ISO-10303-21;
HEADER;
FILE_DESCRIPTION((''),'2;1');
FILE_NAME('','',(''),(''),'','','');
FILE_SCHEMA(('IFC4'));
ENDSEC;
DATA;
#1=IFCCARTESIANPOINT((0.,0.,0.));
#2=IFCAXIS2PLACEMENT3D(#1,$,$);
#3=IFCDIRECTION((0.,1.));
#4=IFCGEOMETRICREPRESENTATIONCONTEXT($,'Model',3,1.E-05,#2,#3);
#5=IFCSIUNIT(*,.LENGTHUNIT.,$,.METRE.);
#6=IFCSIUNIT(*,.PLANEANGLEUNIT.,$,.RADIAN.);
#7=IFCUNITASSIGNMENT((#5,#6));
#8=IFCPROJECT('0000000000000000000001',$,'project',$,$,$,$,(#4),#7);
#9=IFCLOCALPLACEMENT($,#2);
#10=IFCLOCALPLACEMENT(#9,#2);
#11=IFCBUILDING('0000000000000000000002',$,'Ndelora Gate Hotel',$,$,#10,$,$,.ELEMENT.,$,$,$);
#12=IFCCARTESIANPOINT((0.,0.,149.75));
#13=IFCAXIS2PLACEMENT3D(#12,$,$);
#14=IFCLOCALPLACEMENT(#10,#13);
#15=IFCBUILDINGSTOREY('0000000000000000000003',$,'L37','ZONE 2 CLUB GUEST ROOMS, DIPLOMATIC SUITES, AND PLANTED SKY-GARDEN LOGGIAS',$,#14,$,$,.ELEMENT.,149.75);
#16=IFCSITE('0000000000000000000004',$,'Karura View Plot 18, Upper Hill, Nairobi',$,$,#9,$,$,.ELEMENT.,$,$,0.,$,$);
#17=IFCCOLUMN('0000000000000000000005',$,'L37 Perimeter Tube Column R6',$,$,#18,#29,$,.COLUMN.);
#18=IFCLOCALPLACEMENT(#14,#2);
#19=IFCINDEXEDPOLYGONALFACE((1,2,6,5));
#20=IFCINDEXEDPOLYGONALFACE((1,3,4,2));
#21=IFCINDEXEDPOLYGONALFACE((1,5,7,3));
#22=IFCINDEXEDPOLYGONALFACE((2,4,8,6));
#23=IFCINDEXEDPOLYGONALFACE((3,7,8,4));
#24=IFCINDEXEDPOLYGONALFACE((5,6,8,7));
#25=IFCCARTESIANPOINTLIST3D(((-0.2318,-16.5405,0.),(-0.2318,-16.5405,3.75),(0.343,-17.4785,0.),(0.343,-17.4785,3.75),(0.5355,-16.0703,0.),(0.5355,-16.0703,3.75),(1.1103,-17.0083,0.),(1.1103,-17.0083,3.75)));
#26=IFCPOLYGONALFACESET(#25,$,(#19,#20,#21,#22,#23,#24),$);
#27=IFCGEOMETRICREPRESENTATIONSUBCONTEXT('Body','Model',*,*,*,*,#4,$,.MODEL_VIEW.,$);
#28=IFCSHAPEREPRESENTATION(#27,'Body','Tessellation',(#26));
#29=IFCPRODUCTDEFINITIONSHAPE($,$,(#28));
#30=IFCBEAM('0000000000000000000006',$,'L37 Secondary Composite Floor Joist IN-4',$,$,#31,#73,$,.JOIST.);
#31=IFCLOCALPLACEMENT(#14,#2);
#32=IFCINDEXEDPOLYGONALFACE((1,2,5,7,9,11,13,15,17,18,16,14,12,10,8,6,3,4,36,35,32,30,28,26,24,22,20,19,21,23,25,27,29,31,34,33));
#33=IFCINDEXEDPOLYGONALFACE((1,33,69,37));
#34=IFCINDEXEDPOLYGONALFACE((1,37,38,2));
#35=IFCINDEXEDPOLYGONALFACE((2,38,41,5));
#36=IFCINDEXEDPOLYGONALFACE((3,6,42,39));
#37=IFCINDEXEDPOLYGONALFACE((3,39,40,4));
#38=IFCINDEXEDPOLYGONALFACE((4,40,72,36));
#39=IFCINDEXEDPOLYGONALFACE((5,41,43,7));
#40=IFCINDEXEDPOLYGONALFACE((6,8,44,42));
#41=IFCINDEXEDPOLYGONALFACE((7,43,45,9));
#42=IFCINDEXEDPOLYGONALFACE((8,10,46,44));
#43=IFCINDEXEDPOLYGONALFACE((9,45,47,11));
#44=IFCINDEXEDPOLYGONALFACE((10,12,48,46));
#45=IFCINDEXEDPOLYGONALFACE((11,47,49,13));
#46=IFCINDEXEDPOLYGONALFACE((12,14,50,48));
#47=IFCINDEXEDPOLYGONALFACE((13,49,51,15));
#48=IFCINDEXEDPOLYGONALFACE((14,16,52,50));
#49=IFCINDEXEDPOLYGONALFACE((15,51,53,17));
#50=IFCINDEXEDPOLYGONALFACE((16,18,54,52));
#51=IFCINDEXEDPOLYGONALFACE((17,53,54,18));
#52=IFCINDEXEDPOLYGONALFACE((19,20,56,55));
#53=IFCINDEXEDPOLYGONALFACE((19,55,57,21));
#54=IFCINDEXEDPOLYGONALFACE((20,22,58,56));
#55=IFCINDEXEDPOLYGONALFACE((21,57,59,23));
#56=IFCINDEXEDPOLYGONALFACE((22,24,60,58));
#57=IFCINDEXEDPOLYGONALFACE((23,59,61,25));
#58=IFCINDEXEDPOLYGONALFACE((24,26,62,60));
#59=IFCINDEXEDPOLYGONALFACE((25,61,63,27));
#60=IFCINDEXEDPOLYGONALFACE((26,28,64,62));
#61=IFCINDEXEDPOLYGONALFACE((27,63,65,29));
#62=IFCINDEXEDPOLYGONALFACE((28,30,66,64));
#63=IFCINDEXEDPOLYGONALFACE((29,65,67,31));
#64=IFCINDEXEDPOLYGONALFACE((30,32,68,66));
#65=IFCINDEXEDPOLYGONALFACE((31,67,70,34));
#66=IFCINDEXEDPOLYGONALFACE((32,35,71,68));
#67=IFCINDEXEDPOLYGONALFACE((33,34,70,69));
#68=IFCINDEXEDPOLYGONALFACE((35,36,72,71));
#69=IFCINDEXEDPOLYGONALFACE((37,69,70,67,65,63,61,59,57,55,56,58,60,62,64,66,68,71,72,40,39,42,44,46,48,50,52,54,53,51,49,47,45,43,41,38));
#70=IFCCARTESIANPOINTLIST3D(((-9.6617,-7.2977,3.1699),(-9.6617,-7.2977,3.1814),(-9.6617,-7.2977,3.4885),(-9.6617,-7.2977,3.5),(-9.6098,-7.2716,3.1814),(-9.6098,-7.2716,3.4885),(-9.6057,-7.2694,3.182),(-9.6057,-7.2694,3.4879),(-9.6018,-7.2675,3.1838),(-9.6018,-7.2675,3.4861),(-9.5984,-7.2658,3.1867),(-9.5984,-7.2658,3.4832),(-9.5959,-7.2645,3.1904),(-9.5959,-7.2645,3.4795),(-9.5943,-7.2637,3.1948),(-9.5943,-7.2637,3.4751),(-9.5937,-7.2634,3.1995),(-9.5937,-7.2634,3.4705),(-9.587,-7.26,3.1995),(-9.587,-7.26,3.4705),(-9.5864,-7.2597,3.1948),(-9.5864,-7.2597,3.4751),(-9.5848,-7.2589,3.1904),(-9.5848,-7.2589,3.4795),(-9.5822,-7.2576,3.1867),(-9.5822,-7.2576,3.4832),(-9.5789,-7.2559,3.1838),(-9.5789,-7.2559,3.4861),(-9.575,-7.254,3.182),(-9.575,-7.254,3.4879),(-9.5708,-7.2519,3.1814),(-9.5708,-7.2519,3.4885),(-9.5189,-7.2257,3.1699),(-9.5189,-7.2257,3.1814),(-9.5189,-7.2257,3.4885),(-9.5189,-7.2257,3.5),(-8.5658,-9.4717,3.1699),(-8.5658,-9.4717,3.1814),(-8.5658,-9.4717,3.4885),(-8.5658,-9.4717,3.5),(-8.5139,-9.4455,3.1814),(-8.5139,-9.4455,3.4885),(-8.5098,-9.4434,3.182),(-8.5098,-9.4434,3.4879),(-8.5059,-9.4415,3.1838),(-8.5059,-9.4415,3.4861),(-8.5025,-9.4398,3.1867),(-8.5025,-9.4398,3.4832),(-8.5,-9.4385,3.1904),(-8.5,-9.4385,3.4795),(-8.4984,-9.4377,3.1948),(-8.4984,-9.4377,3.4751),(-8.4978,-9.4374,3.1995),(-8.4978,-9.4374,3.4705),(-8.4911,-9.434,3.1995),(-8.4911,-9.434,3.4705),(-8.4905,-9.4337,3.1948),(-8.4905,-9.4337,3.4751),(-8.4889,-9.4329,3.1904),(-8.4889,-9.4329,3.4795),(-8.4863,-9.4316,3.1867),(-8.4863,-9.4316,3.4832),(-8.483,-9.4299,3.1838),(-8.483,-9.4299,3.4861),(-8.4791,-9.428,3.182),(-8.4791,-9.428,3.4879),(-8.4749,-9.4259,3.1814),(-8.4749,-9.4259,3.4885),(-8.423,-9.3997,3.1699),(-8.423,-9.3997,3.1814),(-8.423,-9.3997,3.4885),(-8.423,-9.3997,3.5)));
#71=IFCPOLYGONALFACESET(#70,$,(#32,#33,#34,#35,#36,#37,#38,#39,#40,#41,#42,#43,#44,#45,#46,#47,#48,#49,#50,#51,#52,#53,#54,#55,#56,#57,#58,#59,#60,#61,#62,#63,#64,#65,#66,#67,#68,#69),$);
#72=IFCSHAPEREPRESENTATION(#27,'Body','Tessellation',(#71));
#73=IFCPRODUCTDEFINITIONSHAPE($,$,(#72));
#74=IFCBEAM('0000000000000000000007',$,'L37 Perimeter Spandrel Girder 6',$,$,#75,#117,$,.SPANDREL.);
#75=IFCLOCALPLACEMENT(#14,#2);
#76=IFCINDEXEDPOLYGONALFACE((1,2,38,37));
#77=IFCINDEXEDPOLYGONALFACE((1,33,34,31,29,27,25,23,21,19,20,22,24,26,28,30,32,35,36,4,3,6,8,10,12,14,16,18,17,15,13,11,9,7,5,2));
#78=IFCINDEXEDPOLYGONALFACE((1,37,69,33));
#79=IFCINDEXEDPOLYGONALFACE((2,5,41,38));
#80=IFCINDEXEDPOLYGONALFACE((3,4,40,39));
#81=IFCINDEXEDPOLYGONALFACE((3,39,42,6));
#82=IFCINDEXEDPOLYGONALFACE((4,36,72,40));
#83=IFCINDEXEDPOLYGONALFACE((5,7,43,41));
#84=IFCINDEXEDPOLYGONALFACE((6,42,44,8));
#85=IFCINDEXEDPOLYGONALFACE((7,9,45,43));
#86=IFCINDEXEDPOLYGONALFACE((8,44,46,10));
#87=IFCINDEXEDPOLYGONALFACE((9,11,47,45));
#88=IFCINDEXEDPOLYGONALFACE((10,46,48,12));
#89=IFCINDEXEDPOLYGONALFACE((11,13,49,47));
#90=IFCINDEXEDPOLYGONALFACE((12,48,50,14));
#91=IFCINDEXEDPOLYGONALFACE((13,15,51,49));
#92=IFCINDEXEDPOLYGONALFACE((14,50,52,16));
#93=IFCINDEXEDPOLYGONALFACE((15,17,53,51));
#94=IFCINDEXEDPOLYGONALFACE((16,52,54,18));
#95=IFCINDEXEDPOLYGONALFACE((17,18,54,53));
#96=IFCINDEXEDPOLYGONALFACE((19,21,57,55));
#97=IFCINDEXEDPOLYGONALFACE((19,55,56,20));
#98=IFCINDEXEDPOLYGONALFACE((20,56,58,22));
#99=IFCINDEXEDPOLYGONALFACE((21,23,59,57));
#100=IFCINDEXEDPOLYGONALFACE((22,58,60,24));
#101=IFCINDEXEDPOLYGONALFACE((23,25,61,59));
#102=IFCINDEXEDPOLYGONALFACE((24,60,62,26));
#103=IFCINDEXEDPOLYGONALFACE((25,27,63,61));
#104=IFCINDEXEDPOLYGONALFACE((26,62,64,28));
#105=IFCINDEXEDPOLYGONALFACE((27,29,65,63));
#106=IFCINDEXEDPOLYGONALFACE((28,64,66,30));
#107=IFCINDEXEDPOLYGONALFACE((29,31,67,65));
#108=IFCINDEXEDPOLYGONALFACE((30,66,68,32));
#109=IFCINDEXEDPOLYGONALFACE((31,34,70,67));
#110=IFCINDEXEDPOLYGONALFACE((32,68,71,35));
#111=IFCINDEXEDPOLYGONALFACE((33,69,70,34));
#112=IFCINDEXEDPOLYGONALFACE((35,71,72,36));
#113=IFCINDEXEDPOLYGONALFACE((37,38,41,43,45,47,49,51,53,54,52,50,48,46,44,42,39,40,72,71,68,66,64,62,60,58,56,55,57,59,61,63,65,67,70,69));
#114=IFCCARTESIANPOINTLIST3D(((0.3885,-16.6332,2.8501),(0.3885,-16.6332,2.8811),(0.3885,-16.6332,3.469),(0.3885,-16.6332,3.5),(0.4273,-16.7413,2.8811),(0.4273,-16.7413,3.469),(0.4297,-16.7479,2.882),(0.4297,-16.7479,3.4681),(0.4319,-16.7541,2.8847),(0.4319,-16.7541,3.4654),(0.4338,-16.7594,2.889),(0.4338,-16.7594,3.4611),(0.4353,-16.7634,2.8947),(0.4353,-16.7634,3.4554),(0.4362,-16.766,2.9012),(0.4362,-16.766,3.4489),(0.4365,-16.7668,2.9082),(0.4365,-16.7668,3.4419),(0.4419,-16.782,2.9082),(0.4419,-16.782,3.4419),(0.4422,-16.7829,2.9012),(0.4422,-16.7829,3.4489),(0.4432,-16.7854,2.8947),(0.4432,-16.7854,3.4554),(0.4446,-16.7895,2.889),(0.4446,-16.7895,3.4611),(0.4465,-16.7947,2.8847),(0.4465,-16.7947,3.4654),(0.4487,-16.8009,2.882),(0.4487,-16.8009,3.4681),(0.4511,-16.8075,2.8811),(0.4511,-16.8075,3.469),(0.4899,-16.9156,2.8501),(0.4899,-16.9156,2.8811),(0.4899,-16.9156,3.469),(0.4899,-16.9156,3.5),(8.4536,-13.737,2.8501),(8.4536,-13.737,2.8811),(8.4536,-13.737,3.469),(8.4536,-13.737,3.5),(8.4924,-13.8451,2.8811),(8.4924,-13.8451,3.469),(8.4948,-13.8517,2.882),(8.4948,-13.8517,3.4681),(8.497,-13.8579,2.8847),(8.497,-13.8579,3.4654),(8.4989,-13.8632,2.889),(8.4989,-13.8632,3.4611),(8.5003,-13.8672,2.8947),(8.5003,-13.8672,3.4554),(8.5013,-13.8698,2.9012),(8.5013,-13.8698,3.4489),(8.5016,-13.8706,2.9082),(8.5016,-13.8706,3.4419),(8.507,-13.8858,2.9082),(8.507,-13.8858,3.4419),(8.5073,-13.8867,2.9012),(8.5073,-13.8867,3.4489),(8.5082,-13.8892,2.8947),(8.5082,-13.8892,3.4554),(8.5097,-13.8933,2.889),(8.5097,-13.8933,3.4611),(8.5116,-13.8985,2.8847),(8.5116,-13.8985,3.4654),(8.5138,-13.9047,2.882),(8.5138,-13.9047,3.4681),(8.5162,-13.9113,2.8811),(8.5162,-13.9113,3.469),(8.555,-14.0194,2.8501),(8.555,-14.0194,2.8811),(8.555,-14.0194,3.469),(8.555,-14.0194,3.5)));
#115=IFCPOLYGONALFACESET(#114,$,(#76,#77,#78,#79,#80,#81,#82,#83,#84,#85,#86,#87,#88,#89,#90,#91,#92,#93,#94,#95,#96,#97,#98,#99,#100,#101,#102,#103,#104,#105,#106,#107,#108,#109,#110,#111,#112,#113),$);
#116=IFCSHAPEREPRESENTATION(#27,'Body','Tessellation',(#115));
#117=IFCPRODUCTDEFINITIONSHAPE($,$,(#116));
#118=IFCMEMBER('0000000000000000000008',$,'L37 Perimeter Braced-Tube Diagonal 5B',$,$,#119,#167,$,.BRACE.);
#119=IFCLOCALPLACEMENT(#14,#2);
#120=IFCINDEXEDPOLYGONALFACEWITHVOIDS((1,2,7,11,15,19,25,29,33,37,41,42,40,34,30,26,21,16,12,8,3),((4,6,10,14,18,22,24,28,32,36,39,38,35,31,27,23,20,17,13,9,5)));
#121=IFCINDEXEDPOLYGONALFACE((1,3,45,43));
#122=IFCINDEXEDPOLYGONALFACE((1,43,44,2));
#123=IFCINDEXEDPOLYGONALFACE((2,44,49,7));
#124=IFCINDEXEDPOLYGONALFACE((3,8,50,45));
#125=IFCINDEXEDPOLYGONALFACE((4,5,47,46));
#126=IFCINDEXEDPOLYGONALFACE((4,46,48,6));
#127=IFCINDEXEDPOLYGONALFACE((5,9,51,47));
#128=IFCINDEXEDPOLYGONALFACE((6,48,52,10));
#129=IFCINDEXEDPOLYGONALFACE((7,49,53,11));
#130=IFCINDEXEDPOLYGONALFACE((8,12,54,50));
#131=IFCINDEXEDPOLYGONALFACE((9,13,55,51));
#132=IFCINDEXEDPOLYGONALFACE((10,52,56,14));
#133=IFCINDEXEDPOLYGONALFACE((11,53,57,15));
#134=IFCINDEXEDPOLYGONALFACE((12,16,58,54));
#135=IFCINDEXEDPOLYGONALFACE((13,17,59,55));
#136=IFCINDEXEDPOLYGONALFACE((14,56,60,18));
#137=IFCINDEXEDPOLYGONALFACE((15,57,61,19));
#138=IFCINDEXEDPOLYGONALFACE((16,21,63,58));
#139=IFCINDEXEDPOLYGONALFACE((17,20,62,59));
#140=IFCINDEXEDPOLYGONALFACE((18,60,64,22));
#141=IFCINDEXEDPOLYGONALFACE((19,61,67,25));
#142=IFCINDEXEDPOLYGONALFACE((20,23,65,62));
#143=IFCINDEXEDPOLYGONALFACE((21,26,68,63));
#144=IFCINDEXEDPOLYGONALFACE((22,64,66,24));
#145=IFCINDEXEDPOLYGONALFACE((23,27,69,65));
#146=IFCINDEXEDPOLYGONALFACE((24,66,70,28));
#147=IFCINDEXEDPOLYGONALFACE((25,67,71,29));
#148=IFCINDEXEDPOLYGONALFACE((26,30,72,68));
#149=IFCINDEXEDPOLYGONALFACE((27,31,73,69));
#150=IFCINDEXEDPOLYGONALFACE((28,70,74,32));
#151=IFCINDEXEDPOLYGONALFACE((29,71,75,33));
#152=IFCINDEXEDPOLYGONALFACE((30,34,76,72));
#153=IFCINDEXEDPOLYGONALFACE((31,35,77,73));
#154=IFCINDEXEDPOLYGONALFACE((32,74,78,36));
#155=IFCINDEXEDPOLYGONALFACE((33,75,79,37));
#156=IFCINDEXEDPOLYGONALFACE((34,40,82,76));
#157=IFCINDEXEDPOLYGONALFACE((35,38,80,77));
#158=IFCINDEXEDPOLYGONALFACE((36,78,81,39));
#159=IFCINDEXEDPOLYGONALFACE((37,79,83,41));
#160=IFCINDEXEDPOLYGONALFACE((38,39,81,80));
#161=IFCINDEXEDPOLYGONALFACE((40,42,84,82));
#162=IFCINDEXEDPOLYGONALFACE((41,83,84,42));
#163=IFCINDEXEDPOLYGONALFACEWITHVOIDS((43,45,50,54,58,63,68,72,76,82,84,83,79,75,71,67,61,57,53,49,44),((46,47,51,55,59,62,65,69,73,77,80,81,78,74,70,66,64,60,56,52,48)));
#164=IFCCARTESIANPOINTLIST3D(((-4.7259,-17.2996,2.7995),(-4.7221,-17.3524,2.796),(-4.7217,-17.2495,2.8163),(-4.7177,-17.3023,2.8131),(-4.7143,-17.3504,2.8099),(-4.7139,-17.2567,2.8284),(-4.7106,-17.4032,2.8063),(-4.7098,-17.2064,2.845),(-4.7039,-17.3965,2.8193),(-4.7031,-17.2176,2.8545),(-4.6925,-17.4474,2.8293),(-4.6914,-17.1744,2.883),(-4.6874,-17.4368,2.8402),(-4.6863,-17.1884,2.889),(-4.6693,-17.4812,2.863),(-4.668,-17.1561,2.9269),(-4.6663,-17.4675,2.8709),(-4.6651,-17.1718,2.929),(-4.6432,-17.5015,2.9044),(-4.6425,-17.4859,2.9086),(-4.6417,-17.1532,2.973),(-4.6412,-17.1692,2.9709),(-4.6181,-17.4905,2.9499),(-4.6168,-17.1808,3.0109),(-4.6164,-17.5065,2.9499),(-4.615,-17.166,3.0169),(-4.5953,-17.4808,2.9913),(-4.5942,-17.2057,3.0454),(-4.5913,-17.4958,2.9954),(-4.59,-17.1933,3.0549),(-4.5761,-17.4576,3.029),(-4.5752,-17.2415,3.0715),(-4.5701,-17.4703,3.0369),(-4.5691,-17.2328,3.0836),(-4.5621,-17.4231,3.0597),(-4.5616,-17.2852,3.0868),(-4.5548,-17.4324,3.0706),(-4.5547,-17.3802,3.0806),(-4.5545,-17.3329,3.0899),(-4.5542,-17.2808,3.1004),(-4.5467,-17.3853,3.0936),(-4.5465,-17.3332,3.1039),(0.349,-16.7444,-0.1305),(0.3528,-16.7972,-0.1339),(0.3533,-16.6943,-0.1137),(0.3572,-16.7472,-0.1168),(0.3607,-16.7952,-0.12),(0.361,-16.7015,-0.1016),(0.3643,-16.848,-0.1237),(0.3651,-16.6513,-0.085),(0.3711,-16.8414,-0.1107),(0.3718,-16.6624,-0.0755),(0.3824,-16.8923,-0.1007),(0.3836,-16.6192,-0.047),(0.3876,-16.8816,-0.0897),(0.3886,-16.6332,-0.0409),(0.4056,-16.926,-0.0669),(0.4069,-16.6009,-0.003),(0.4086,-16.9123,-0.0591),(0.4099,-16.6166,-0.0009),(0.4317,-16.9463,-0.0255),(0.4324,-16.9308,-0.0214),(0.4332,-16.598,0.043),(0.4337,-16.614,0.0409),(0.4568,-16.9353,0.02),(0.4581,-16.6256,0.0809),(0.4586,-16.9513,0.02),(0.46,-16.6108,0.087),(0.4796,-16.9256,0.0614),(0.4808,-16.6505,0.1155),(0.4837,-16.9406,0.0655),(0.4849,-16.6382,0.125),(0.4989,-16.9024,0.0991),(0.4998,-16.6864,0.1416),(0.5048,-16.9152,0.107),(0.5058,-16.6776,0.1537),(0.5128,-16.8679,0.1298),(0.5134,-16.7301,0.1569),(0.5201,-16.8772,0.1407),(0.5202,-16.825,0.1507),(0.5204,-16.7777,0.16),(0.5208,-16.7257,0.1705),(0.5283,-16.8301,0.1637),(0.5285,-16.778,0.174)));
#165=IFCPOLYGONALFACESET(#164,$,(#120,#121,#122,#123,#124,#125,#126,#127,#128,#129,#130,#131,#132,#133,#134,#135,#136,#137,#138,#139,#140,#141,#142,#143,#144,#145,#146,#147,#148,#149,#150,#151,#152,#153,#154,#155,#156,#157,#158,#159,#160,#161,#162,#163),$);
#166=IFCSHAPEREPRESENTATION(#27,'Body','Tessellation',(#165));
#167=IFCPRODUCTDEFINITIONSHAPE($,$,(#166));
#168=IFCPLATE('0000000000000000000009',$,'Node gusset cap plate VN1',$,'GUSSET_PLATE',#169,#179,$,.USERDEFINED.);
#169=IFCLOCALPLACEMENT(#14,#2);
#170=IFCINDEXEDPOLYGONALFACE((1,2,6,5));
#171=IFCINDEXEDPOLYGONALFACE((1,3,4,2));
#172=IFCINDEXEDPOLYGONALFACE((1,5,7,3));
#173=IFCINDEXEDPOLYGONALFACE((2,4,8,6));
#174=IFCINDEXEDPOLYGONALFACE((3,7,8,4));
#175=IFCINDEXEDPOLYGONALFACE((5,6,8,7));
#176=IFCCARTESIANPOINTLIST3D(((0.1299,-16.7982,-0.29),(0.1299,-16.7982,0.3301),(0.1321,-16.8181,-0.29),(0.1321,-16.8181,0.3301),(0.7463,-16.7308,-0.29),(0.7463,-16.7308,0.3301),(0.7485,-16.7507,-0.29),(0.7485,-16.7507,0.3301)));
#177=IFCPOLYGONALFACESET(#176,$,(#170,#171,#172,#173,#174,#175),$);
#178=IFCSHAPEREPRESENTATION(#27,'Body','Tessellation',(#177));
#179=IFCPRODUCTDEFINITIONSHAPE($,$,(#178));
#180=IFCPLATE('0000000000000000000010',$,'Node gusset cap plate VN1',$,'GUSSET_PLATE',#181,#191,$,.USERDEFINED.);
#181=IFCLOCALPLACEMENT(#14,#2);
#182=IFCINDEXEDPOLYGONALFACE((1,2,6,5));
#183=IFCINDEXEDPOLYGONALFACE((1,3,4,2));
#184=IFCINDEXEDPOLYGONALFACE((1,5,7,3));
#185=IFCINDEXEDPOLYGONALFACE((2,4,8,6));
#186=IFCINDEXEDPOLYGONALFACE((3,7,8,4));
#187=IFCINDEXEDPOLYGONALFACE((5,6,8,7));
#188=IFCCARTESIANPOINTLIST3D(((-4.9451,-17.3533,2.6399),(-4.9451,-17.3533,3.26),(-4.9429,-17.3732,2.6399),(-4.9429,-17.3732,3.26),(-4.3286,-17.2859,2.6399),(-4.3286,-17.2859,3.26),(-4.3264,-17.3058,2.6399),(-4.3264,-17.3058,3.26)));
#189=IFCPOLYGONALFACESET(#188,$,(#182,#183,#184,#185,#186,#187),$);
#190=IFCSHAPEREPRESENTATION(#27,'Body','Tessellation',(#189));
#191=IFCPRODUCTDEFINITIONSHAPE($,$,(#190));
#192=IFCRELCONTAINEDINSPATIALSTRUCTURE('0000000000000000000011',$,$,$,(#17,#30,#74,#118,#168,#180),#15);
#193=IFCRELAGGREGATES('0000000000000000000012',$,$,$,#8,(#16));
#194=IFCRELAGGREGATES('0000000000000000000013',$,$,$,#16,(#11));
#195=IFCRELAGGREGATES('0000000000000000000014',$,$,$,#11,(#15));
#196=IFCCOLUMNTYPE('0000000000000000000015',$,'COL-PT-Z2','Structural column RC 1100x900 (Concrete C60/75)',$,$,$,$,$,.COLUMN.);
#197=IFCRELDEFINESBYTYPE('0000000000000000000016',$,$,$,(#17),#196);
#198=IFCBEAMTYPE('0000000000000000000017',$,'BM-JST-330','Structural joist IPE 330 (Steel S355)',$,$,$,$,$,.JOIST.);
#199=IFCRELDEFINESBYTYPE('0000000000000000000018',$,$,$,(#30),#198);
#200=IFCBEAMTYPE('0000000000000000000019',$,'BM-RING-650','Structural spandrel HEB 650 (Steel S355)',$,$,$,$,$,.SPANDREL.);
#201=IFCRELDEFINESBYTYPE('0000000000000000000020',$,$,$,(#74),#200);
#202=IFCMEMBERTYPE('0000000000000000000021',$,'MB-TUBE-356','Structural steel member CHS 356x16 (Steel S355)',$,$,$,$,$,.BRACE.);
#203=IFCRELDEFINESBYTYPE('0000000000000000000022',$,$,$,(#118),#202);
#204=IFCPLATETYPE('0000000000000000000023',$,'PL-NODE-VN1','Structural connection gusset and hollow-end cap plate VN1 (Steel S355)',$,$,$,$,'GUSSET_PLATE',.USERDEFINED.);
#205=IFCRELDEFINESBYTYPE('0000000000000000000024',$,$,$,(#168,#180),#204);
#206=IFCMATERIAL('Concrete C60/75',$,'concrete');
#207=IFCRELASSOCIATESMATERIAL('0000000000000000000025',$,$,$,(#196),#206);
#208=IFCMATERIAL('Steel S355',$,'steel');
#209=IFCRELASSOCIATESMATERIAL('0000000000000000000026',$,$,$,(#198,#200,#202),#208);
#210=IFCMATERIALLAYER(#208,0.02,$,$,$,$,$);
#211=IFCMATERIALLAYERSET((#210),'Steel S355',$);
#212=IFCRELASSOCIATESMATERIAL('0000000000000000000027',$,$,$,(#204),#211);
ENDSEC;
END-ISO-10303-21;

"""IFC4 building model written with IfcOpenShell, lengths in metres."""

from ifc_helpers import new_model, si_unit, direction, frame, origin, origin_2d, place, context, subcontext, project, spatial, rectangle, hollow_circle, i_section, extrude, material, layer, layer_set, material_profile, profile_set, type_object, element, save


model = new_model("IFC4")

# Units and contexts
model_context = context("Model", 3, precision=1e-05, world=origin(), true_north=direction((0.0, 1.0)))
body_context = subcontext(model_context, "Body", "Model", "MODEL_VIEW")
ifc_project = project(units=[si_unit("LENGTHUNIT", "METRE"), si_unit("PLANEANGLEUNIT", "RADIAN")], contexts=[model_context])

# Site, building, storey
site_placement = place(None, origin())
site = spatial("IfcSite", under=ifc_project, at=site_placement, Name="Karura View Plot 18, Upper Hill, Nairobi", CompositionType="ELEMENT", RefElevation=0.0)
building_placement = place(site_placement, origin())
building = spatial("IfcBuilding", under=site, at=building_placement, Name="Ndelora Gate Hotel", CompositionType="ELEMENT")
storey_placement = place(building_placement, frame((0.0, 0.0, 149.75)))
storey = spatial("IfcBuildingStorey", under=building, at=storey_placement, Name="L37", Description="ZONE 2 CLUB GUEST ROOMS, DIPLOMATIC SUITES, AND PLANTED SKY-GARDEN LOGGIAS", CompositionType="ELEMENT", Elevation=149.75)

# Column
ifc_material_1 = material(Name="Concrete C60/75", Category="concrete")
ifc_material_profile_1 = material_profile(ifc_material_1, rectangle(XDim=0.8999, YDim=1.1001, at=origin_2d()), Name="RC 1100x900")
ifc_profile_set_1 = profile_set([ifc_material_profile_1], Name="Concrete C60/75")
column_type = type_object("IfcColumnType", Name="COL-PT-Z2", Description="Structural column RC 1100x900 (Concrete C60/75)", PredefinedType="COLUMN", material=ifc_profile_set_1)
column_placement = place(storey_placement, frame((0.4392, -16.7744, 0.0), z_axis=(0.0, 0.0, 1.0), x_axis=(0.85264, 0.522499, 0.0)))
element("IfcColumn", 1, at=column_placement, inside=storey, type_object=column_type, Name="L37 Perimeter Tube Column R6", PredefinedType="COLUMN", context=body_context, shape_type="SweptSolid", body=[
    extrude(rectangle(XDim=0.8999, YDim=1.1001, at=origin_2d()), origin(), (0.0, 0.0, 1.0), 3.75),
])

# Beams
ifc_material_2 = material(Name="Steel S355", Category="steel")
ifc_material_profile_2 = material_profile(ifc_material_2, i_section(OverallWidth=0.1599, OverallDepth=0.3301, WebThickness=0.0076, FlangeThickness=0.0115, FilletRadius=0.0181, at=origin_2d()), Name="IPE 330")
ifc_profile_set_2 = profile_set([ifc_material_profile_2], Name="Steel S355")
beam_type_1 = type_object("IfcBeamType", Name="BM-JST-330", Description="Structural joist IPE 330 (Steel S355)", PredefinedType="JOIST", material=ifc_profile_set_2)
beam_1_placement = place(storey_placement, frame((-9.5903, -7.2617, 3.335), z_axis=(0.450139, -0.892958, 0.0), x_axis=(0.892958, 0.450139, 0.0)))
element("IfcBeam", 2, at=beam_1_placement, inside=storey, type_object=beam_type_1, Name="L37 Secondary Composite Floor Joist IN-4", PredefinedType="JOIST", context=body_context, shape_type="SweptSolid", body=[
    extrude(i_section(OverallWidth=0.1599, OverallDepth=0.3301, WebThickness=0.0076, FlangeThickness=0.0115, FilletRadius=0.0181, at=origin_2d()), origin(), (0.0, 0.0, 1.0), 2.4346),
])
ifc_material_profile_3 = material_profile(ifc_material_2, i_section(OverallWidth=0.3, OverallDepth=0.6499, WebThickness=0.0161, FlangeThickness=0.031, FilletRadius=0.0271, at=origin_2d()), Name="HEB 650")
ifc_profile_set_3 = profile_set([ifc_material_profile_3], Name="Steel S355")
beam_type_2 = type_object("IfcBeamType", Name="BM-RING-650", Description="Structural spandrel HEB 650 (Steel S355)", PredefinedType="SPANDREL", material=ifc_profile_set_3)
beam_2_placement = place(storey_placement, frame((0.4392, -16.7744, 3.175), z_axis=(0.941156, 0.337973, 0.0), x_axis=(-0.337973, 0.941156, 0.0)))
element("IfcBeam", 3, at=beam_2_placement, inside=storey, type_object=beam_type_2, Name="L37 Perimeter Spandrel Girder 6", PredefinedType="SPANDREL", context=body_context, shape_type="SweptSolid", body=[
    extrude(i_section(OverallWidth=0.3, OverallDepth=0.6499, WebThickness=0.0161, FlangeThickness=0.031, FilletRadius=0.0271, at=origin_2d()), origin(), (0.0, 0.0, 1.0), 8.5693),
])

# Member
ifc_material_profile_4 = material_profile(ifc_material_2, hollow_circle(Radius=0.178, WallThickness=0.0161, at=origin_2d()), Name="CHS 356x16")
ifc_profile_set_4 = profile_set([ifc_material_profile_4], Name="Steel S355")
member_type = type_object("IfcMemberType", Name="MB-TUBE-356", Description="Structural steel member CHS 356x16 (Steel S355)", PredefinedType="BRACE", material=ifc_profile_set_4)
member_placement = place(storey_placement, frame((0.4392, -16.7744, 0.02), z_axis=(-0.862172, -0.094318, 0.497759), x_axis=(0.108747, -0.99407, 0.0)))
element("IfcMember", 4, at=member_placement, inside=storey, type_object=member_type, Name="L37 Perimeter Braced-Tube Diagonal 5B", PredefinedType="BRACE", context=body_context, shape_type="SweptSolid", body=[
    extrude(hollow_circle(Radius=0.178, WallThickness=0.0161, at=origin_2d()), origin(), (0.0, 0.0, 1.0), 5.8862),
])

# Plates
ifc_layer_1 = layer(ifc_material_2, 0.02)
ifc_layer_set_1 = layer_set([ifc_layer_1], Name="Steel S355")
plate_type = type_object("IfcPlateType", Name="PL-NODE-VN1", Description="Structural connection gusset and hollow-end cap plate VN1 (Steel S355)", ElementType="GUSSET_PLATE", PredefinedType="USERDEFINED", material=ifc_layer_set_1)
for number, where, z_axis, x_axis, name in (
    (5, (0.4392, -16.7744, -0.29), (0.0, 0.0, 1.0), (0.994075, 0.108693, 0.0), "Node gusset cap plate VN1"),
    (6, (-4.6357, -17.3296, 2.6399), (0.0, 0.0, 1.0), (0.994075, 0.108693, 0.0), "Node gusset cap plate VN1"),
):
    element("IfcPlate", number, at=place(storey_placement, frame(where, z_axis=z_axis, x_axis=x_axis)), inside=storey, type_object=plate_type, Name=name, ObjectType="GUSSET_PLATE", PredefinedType="USERDEFINED", context=body_context, shape_type="SweptSolid", body=[
        extrude(rectangle(XDim=0.6201, YDim=0.02, at=origin_2d()), origin(), (0.0, 0.0, 1.0), 0.6201),
    ])

save(model, "model.ifc")
